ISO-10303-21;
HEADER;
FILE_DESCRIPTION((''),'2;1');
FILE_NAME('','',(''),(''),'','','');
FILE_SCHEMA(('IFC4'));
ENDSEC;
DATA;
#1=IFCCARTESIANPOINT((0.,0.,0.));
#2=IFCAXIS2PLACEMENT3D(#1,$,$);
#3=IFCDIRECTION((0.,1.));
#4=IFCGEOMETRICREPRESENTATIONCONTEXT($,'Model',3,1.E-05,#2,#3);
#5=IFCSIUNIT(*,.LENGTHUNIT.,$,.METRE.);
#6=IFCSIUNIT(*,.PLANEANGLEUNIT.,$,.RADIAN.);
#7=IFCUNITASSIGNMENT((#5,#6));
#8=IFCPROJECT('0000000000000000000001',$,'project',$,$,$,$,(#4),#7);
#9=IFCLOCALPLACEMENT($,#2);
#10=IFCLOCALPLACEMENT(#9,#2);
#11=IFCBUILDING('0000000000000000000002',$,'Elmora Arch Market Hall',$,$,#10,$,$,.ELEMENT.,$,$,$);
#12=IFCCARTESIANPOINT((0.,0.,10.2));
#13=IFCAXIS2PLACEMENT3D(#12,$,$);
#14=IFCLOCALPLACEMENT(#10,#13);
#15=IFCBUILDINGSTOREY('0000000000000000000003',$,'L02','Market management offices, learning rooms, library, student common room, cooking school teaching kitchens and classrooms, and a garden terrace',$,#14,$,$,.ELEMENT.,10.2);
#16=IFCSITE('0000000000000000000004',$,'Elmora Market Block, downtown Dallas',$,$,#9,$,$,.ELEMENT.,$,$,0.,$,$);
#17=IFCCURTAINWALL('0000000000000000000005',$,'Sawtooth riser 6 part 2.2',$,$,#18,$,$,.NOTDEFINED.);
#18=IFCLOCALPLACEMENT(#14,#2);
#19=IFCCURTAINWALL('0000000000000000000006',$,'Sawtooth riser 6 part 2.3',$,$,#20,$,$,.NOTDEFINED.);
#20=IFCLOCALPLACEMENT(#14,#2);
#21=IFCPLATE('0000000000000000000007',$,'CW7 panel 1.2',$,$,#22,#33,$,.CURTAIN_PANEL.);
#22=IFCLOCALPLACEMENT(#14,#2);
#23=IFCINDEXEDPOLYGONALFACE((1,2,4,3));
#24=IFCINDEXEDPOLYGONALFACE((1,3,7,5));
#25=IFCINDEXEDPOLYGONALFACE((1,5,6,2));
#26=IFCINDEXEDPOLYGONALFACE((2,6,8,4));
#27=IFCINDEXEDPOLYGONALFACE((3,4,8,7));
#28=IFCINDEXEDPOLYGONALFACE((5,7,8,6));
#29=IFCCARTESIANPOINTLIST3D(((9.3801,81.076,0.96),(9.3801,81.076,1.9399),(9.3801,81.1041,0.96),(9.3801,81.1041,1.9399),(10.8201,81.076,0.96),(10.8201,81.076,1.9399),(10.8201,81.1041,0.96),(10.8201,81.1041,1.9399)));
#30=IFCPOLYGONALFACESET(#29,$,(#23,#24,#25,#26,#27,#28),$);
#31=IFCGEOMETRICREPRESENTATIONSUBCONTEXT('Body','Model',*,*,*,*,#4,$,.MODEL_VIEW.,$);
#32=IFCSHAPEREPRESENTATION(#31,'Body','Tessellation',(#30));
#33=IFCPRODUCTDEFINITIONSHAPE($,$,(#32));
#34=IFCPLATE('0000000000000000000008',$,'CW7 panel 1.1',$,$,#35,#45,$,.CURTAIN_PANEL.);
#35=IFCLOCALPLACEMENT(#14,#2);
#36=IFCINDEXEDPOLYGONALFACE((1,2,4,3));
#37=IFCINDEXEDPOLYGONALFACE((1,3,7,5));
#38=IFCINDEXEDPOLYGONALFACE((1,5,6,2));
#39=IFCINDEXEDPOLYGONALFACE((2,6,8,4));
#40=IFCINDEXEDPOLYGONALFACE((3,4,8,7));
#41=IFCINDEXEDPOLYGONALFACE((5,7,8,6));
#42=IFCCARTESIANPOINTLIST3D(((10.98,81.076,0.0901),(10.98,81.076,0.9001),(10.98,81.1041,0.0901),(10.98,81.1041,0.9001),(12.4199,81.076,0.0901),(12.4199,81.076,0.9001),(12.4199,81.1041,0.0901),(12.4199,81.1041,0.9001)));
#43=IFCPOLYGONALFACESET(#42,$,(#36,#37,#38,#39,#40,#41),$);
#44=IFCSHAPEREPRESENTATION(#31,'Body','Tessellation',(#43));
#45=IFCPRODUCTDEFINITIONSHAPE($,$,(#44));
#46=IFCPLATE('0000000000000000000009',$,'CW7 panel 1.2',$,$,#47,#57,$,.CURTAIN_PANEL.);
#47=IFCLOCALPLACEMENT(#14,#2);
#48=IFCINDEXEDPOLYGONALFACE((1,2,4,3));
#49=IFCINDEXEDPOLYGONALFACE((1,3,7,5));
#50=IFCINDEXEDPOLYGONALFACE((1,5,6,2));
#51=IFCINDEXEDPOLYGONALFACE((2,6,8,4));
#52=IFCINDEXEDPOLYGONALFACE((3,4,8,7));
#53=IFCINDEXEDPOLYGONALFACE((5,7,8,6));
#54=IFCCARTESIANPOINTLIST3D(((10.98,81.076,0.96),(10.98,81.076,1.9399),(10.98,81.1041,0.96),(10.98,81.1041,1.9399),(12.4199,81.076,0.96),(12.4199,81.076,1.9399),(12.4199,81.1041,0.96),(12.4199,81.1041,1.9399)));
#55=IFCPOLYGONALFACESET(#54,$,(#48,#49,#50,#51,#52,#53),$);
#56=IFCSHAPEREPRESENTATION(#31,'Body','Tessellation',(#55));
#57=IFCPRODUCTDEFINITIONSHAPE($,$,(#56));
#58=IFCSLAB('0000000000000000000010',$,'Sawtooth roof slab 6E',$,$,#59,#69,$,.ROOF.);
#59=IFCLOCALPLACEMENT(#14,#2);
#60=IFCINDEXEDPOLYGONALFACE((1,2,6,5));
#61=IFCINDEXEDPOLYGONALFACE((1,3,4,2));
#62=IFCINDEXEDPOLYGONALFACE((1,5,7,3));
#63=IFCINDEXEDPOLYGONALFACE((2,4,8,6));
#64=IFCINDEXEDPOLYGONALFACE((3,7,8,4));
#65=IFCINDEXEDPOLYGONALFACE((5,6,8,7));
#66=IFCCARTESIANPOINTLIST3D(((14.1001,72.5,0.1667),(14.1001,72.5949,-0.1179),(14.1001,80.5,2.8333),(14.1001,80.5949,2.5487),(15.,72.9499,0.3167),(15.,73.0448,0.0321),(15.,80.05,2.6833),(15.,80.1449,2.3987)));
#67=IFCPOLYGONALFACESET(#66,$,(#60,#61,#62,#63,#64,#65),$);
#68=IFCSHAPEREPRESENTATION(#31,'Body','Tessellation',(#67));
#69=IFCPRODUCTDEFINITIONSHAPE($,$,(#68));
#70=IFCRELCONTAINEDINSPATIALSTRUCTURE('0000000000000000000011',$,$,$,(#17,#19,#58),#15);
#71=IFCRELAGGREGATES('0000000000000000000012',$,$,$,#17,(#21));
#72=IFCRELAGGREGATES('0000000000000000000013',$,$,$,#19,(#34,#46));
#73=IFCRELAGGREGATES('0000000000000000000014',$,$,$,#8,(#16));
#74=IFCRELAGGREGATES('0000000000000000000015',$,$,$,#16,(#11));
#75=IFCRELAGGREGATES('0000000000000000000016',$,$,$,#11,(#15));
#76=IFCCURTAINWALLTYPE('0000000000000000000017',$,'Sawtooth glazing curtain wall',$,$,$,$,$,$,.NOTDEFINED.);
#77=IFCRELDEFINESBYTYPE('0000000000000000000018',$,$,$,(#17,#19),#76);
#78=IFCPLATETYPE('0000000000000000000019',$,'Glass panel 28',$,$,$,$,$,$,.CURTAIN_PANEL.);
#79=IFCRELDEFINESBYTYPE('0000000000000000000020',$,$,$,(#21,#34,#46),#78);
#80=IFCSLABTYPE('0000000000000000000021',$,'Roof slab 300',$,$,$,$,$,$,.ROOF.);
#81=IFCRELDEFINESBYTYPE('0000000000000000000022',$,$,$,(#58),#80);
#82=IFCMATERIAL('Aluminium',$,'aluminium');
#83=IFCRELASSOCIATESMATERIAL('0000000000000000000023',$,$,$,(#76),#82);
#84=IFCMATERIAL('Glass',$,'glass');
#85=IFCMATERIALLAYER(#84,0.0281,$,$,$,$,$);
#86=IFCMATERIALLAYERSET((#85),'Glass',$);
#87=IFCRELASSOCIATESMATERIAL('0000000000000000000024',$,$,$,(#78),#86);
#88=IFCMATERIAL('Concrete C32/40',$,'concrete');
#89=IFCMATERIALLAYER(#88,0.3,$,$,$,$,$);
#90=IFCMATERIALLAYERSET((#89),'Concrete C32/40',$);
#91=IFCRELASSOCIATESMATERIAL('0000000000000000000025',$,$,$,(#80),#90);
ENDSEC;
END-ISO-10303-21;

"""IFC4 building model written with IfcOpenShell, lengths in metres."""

from ifc_helpers import new_model, si_unit, direction, frame, origin, origin_2d, place, context, subcontext, project, spatial, polyline, rectangle, outline, extrude, material, layer, layer_set, type_object, element, aggregate, save


model = new_model("IFC4")

# Units and contexts
model_context = context("Model", 3, precision=1e-05, world=origin(), true_north=direction((0.0, 1.0)))
body_context = subcontext(model_context, "Body", "Model", "MODEL_VIEW")
ifc_project = project(units=[si_unit("LENGTHUNIT", "METRE"), si_unit("PLANEANGLEUNIT", "RADIAN")], contexts=[model_context])

# Site, building, storey
site_placement = place(None, origin())
site = spatial("IfcSite", under=ifc_project, at=site_placement, Name="Elmora Market Block, downtown Dallas", CompositionType="ELEMENT", RefElevation=0.0)
building_placement = place(site_placement, origin())
building = spatial("IfcBuilding", under=site, at=building_placement, Name="Elmora Arch Market Hall", CompositionType="ELEMENT")
storey_placement = place(building_placement, frame((0.0, 0.0, 10.2)))
storey = spatial("IfcBuildingStorey", under=building, at=storey_placement, Name="L02", Description="Market management offices, learning rooms, library, student common room, cooking school teaching kitchens and classrooms, and a garden terrace", CompositionType="ELEMENT", Elevation=10.2)

# Shared definitions
ifc_material_1 = material(Name="Aluminium", Category="aluminium")
curtain_wall_type = type_object("IfcCurtainWallType", Name="Sawtooth glazing curtain wall", PredefinedType="NOTDEFINED", material=ifc_material_1)

# Curtain walls
curtain_wall_1_placement = place(storey_placement, origin())
curtain_wall_1 = element("IfcCurtainWall", 1, at=curtain_wall_1_placement, inside=storey, type_object=curtain_wall_type, Name="Sawtooth riser 6 part 2.2", PredefinedType="NOTDEFINED")
curtain_wall_2_placement = place(storey_placement, origin())
curtain_wall_2 = element("IfcCurtainWall", 2, at=curtain_wall_2_placement, inside=storey, type_object=curtain_wall_type, Name="Sawtooth riser 6 part 2.3", PredefinedType="NOTDEFINED")

# Plates
ifc_material_2 = material(Name="Glass", Category="glass")
ifc_layer_1 = layer(ifc_material_2, 0.0281)
ifc_layer_set_1 = layer_set([ifc_layer_1], Name="Glass")
plate_type = type_object("IfcPlateType", Name="Glass panel 28", PredefinedType="CURTAIN_PANEL", material=ifc_layer_set_1)
plate_1_placement = place(storey_placement, frame((10.1001, 81.0901, 0.96), z_axis=(0.0, 0.0, 1.0), x_axis=(1.0, 0.0, 0.0)))
plate_1 = element("IfcPlate", 3, at=plate_1_placement, type_object=plate_type, Name="CW7 panel 1.2", PredefinedType="CURTAIN_PANEL", context=body_context, shape_type="SweptSolid", body=[
    extrude(rectangle(XDim=1.4399, YDim=0.0281, at=origin_2d()), origin(), (0.0, 0.0, 1.0), 0.98),
])
aggregate(curtain_wall_1, [plate_1])
plate_2_placement = place(storey_placement, frame((11.7, 81.0901, 0.0901), z_axis=(0.0, 0.0, 1.0), x_axis=(1.0, 0.0, 0.0)))
plate_2 = element("IfcPlate", 4, at=plate_2_placement, type_object=plate_type, Name="CW7 panel 1.1", PredefinedType="CURTAIN_PANEL", context=body_context, shape_type="SweptSolid", body=[
    extrude(rectangle(XDim=1.4399, YDim=0.0281, at=origin_2d()), origin(), (0.0, 0.0, 1.0), 0.8101),
])
plate_3_placement = place(storey_placement, frame((11.7, 81.0901, 0.96), z_axis=(0.0, 0.0, 1.0), x_axis=(1.0, 0.0, 0.0)))
plate_3 = element("IfcPlate", 5, at=plate_3_placement, type_object=plate_type, Name="CW7 panel 1.2", PredefinedType="CURTAIN_PANEL", context=body_context, shape_type="SweptSolid", body=[
    extrude(rectangle(XDim=1.4399, YDim=0.0281, at=origin_2d()), origin(), (0.0, 0.0, 1.0), 0.98),
])
aggregate(curtain_wall_2, [plate_2, plate_3])

# Slab
ifc_material_3 = material(Name="Concrete C32/40", Category="concrete")
ifc_layer_2 = layer(ifc_material_3, 0.3)
ifc_layer_set_2 = layer_set([ifc_layer_2], Name="Concrete C32/40")
slab_type = type_object("IfcSlabType", Name="Roof slab 300", PredefinedType="ROOF", material=ifc_layer_set_2)
slab_placement = place(storey_placement, frame((14.1001, 72.5, 0.1667), z_axis=(0.0, -0.316219, 0.948686), x_axis=(0.884662, 0.442309, 0.147431)))
element("IfcSlab", 6, at=slab_placement, inside=storey, type_object=slab_type, Name="Sawtooth roof slab 6E", PredefinedType="ROOF", context=body_context, shape_type="SweptSolid", body=[
    extrude(outline(polyline([(0.0, 0.0), (1.0172, 0.0), (4.5066, 6.621), (3.9316, 7.4601), (0.0, 0.0)])), origin(), (0.0, 0.0, -1.0), 0.3),
])

save(model, "model.ifc")
